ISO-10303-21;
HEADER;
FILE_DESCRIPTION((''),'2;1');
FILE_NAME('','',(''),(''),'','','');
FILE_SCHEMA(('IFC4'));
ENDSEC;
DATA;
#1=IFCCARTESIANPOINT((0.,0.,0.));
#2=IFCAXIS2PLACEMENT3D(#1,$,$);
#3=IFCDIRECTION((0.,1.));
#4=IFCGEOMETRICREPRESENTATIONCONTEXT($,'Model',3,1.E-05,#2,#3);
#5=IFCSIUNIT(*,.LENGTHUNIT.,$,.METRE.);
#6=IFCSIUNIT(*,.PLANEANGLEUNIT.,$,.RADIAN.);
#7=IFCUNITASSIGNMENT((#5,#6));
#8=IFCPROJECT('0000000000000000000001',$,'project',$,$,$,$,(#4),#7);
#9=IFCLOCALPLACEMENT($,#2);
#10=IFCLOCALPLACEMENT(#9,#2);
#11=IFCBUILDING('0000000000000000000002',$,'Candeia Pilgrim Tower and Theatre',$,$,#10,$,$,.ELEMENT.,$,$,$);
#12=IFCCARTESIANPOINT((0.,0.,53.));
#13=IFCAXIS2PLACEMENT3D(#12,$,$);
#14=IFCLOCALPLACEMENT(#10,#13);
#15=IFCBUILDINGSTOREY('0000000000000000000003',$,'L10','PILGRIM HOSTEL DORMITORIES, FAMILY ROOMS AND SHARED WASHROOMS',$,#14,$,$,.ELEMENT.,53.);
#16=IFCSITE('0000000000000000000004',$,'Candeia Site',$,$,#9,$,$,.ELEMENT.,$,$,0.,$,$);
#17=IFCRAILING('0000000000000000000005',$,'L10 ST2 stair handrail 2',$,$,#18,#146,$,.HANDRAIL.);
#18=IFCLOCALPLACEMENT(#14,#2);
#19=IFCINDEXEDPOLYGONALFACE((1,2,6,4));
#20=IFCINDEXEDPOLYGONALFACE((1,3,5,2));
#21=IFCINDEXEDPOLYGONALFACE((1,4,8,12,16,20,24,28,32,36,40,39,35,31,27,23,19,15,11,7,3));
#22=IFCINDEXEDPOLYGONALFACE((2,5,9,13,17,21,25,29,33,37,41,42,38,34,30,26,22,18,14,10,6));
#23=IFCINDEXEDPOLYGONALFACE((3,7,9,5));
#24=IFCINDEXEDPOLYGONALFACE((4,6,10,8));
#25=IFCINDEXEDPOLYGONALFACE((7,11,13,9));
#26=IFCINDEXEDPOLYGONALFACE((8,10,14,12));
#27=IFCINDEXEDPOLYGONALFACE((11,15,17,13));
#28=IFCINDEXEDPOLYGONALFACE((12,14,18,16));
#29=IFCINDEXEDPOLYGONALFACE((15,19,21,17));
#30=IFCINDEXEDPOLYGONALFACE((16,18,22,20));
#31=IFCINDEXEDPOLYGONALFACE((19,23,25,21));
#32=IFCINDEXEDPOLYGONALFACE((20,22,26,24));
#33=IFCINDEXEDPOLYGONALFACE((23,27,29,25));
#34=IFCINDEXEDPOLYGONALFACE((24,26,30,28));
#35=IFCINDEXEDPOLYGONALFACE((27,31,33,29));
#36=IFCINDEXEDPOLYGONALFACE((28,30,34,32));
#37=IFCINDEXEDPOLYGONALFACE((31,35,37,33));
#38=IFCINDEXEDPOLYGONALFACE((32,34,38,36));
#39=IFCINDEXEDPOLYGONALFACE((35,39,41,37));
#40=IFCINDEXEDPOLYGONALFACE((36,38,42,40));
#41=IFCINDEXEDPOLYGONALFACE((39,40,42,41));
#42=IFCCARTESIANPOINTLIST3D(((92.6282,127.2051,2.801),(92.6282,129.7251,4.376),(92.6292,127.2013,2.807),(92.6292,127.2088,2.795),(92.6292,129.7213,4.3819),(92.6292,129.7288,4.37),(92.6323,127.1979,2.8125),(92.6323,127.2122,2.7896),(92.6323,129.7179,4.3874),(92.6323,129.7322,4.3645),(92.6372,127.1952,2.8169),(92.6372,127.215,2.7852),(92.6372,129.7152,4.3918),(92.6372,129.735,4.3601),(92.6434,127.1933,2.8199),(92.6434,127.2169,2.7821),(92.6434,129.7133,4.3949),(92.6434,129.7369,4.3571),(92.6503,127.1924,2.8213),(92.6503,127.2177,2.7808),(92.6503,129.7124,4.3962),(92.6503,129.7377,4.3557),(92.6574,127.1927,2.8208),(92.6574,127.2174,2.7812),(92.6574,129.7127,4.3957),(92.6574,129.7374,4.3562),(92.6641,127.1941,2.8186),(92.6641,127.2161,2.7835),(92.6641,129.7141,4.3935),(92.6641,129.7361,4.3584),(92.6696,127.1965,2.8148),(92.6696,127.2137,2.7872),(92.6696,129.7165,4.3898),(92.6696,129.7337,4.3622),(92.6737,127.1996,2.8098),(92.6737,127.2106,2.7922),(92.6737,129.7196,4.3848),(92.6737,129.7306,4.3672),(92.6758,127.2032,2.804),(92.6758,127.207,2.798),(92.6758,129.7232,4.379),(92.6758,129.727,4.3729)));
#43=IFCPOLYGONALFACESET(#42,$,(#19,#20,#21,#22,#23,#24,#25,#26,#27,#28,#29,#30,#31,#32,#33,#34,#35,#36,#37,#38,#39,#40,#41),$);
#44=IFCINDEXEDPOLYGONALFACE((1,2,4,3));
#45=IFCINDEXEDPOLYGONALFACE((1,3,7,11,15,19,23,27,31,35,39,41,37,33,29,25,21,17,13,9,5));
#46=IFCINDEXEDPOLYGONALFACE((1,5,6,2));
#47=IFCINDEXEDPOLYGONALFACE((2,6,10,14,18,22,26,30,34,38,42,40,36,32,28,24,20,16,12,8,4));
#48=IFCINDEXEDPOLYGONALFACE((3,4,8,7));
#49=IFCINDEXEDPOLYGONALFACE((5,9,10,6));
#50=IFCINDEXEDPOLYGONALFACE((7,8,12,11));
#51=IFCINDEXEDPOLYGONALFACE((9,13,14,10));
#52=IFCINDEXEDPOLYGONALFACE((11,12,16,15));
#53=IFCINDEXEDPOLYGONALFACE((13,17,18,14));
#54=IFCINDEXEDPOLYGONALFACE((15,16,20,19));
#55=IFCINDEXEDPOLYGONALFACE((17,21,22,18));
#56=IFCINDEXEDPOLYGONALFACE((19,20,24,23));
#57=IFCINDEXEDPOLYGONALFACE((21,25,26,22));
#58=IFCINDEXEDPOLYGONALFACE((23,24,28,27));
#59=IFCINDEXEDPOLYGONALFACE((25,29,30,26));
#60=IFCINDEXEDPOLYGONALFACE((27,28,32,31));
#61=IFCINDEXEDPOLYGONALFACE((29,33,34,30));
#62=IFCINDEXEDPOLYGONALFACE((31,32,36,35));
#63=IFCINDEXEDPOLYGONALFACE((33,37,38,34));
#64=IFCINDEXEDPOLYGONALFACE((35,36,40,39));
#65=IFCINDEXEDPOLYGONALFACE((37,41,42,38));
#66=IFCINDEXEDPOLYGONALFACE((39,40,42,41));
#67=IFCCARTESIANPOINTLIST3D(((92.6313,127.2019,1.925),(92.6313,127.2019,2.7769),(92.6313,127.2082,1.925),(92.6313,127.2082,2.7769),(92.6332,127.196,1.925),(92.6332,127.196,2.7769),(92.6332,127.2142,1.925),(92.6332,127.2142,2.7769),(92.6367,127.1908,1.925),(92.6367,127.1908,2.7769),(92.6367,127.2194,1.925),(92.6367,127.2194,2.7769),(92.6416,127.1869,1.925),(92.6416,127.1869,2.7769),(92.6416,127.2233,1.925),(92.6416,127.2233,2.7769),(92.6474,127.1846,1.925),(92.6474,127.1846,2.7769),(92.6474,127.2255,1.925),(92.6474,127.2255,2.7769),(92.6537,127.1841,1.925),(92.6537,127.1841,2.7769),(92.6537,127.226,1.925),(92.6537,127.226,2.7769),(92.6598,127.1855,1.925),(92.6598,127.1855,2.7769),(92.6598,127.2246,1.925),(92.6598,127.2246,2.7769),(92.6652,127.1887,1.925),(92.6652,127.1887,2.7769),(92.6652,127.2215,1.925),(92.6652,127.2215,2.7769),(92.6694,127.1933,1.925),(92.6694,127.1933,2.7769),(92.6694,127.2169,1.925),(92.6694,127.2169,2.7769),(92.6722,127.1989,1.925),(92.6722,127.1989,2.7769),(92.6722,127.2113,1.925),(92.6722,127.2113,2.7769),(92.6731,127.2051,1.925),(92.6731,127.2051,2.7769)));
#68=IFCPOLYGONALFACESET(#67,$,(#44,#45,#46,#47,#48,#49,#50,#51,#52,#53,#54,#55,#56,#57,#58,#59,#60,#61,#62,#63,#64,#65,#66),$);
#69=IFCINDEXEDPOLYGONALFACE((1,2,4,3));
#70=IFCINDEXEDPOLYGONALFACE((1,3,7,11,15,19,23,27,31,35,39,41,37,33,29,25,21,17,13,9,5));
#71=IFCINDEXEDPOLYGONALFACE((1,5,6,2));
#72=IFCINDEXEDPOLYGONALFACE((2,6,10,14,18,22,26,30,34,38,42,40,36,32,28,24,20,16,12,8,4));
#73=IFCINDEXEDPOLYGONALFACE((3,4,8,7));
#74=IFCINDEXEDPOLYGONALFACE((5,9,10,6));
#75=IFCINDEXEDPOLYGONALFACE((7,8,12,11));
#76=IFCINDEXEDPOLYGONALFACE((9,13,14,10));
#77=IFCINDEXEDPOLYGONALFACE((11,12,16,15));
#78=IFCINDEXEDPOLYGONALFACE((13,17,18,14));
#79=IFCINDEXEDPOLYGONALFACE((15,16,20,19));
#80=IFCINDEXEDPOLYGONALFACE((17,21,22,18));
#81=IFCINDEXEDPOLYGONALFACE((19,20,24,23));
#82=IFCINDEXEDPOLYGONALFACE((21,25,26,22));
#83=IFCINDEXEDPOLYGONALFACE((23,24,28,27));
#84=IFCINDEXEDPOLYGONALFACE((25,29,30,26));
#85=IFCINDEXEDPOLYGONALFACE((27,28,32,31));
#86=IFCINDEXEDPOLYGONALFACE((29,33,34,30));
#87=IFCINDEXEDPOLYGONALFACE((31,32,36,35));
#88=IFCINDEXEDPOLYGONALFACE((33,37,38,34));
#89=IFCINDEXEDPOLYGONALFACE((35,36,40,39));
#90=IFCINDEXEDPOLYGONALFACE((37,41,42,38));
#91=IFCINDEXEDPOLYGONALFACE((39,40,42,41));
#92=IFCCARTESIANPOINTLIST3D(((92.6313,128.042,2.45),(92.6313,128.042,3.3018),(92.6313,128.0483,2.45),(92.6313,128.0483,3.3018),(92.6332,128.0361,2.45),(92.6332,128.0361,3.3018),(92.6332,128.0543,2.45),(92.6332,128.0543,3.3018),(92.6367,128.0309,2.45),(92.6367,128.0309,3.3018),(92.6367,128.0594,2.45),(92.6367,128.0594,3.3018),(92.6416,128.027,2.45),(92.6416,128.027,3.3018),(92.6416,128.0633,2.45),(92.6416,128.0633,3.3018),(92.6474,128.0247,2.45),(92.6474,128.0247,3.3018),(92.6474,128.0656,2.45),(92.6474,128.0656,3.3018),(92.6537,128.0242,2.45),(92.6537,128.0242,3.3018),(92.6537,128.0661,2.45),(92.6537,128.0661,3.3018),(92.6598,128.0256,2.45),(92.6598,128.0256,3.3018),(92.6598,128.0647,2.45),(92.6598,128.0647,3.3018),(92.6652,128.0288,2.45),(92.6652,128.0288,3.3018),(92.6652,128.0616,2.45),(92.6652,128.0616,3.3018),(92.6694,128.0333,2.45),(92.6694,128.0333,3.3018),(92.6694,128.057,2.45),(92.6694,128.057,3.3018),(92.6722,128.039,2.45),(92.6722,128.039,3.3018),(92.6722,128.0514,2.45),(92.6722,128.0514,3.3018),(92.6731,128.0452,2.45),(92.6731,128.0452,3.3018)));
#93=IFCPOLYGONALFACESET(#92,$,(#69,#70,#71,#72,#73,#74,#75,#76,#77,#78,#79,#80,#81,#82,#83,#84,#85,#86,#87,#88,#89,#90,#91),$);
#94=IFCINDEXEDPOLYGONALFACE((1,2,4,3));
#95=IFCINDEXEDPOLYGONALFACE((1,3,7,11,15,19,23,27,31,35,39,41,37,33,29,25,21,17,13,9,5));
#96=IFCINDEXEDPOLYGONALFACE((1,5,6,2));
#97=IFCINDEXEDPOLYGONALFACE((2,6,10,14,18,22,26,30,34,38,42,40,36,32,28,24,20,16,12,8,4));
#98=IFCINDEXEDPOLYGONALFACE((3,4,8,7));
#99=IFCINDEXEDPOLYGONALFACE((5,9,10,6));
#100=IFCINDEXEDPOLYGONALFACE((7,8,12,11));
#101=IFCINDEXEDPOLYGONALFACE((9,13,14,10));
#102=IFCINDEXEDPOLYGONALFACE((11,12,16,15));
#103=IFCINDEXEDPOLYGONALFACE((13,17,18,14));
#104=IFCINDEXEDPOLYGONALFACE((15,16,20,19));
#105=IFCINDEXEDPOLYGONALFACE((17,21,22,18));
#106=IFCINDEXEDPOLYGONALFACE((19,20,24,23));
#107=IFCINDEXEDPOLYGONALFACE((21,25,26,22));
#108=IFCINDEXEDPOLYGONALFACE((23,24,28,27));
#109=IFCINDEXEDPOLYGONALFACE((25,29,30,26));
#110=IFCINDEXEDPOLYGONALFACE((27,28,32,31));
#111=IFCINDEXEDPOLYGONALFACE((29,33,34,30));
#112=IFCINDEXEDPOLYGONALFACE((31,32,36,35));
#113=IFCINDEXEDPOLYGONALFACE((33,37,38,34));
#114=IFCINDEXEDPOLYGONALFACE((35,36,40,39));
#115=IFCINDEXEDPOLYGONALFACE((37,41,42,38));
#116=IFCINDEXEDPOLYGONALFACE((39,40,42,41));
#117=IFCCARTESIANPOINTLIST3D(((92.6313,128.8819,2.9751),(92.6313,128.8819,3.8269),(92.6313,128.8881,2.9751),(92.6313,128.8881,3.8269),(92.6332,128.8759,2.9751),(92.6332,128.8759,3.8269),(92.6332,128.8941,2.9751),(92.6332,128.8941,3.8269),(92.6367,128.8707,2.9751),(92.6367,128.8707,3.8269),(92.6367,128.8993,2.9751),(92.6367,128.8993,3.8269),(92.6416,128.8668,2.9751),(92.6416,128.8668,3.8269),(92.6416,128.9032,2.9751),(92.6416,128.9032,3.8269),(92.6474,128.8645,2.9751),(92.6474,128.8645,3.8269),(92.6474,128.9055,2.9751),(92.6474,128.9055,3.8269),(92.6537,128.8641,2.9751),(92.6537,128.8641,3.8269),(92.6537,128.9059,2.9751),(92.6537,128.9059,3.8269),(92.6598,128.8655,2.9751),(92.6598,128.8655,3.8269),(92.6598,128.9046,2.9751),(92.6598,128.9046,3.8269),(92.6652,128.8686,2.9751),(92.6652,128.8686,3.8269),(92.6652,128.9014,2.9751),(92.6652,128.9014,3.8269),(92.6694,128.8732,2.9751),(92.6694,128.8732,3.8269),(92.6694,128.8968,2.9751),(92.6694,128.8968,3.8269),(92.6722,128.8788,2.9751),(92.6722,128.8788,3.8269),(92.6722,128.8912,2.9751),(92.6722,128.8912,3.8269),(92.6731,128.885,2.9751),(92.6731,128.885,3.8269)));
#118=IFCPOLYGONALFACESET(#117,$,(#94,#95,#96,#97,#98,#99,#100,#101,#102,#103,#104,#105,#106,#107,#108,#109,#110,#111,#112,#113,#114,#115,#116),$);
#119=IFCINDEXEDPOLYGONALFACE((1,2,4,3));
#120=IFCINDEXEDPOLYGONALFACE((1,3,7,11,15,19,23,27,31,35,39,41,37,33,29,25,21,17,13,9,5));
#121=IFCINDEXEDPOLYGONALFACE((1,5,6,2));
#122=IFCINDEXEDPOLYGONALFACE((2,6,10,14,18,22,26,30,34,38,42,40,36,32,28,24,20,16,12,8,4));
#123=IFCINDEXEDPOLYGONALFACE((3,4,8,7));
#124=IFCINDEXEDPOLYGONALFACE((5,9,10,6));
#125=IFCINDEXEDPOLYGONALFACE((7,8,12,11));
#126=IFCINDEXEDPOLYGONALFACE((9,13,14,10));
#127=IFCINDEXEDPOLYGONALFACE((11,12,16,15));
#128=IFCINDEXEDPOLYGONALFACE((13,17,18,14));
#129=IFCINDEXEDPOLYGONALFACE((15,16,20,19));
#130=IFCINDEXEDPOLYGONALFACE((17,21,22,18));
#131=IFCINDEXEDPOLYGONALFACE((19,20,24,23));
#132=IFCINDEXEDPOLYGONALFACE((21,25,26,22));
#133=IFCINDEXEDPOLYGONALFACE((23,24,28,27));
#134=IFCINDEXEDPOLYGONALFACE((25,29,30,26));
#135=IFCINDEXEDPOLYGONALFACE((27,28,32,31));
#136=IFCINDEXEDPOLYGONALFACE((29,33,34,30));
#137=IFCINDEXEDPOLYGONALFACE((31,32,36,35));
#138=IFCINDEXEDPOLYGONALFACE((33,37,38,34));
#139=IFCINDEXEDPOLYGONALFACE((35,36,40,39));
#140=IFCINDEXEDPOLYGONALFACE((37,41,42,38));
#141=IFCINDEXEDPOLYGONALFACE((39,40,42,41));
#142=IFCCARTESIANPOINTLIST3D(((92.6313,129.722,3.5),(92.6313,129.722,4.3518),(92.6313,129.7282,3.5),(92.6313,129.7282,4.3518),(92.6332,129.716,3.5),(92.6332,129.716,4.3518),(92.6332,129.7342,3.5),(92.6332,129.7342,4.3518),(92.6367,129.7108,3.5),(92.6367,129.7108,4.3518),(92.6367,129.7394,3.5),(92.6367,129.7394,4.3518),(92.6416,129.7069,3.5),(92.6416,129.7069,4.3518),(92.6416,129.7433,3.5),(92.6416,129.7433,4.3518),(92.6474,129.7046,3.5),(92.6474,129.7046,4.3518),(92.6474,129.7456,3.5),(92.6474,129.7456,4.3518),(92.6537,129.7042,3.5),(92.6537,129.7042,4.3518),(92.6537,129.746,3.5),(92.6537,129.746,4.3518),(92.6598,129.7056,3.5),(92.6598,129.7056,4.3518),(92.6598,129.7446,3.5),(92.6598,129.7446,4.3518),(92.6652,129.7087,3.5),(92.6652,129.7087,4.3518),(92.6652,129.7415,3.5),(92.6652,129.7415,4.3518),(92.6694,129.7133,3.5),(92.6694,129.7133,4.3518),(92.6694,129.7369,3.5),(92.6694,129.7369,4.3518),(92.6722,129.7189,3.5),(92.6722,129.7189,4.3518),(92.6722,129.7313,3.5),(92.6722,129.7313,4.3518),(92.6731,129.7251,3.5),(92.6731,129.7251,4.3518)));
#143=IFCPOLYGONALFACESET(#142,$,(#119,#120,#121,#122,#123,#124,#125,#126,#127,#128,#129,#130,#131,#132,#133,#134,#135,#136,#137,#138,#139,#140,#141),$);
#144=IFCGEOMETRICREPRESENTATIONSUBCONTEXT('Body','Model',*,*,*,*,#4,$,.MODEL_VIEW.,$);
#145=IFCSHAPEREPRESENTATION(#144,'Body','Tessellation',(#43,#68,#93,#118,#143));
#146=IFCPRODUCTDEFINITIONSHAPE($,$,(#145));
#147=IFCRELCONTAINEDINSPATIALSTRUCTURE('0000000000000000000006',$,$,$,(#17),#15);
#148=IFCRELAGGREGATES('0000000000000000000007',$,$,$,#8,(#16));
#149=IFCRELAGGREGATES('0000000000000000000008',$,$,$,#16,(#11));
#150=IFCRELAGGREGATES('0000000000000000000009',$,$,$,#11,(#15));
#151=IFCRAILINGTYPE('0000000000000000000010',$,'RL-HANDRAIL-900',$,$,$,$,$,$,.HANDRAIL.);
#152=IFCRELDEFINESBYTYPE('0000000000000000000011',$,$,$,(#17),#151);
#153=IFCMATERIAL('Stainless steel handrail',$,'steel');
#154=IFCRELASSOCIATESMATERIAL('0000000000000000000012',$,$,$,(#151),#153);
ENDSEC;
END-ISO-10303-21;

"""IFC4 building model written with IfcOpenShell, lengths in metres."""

from ifc_helpers import new_model, si_unit, direction, frame, origin, origin_2d, place, context, subcontext, project, spatial, circle, extrude, material, type_object, element, save


model = new_model("IFC4")

# Units and contexts
model_context = context("Model", 3, precision=1e-05, world=origin(), true_north=direction((0.0, 1.0)))
body_context = subcontext(model_context, "Body", "Model", "MODEL_VIEW")
ifc_project = project(units=[si_unit("LENGTHUNIT", "METRE"), si_unit("PLANEANGLEUNIT", "RADIAN")], contexts=[model_context])

# Site, building, storey
site_placement = place(None, origin())
site = spatial("IfcSite", under=ifc_project, at=site_placement, Name="Candeia Site", CompositionType="ELEMENT", RefElevation=0.0)
building_placement = place(site_placement, origin())
building = spatial("IfcBuilding", under=site, at=building_placement, Name="Candeia Pilgrim Tower and Theatre", CompositionType="ELEMENT")
storey_placement = place(building_placement, frame((0.0, 0.0, 53.0)))
storey = spatial("IfcBuildingStorey", under=building, at=storey_placement, Name="L10", Description="PILGRIM HOSTEL DORMITORIES, FAMILY ROOMS AND SHARED WASHROOMS", CompositionType="ELEMENT", Elevation=53.0)

# Railing
ifc_material_1 = material(Name="Stainless steel handrail", Category="steel")
railing_type_1 = type_object("IfcRailingType", Name="RL-HANDRAIL-900", PredefinedType="HANDRAIL", material=ifc_material_1)
railing_1_placement = place(storey_placement, frame((92.6521, 127.2051, 1.925)))
element("IfcRailing", 1, at=railing_1_placement, inside=storey, type_object=railing_type_1, Name="L10 ST2 stair handrail 2", PredefinedType="HANDRAIL", context=body_context, shape_type="SweptSolid", body=[
    extrude(circle(Radius=0.0239, at=origin_2d()), frame((0.0, 0.0, 0.876), z_axis=(0.0, 0.848008, 0.529984), x_axis=(-1.0, 0.0, 0.0)), (0.0, 0.0, 1.0), 2.9717),
    extrude(circle(Radius=0.021, at=origin_2d()), origin(), (0.0, 0.0, 1.0), 0.8518),
    extrude(circle(Radius=0.021, at=origin_2d()), frame((0.0, 0.8401, 0.5249)), (0.0, 0.0, 1.0), 0.8518),
    extrude(circle(Radius=0.021, at=origin_2d()), frame((0.0, 1.6799, 1.05)), (0.0, 0.0, 1.0), 0.8518),
    extrude(circle(Radius=0.021, at=origin_2d()), frame((0.0, 2.52, 1.575)), (0.0, 0.0, 1.0), 0.8518),
])

save(model, "model.ifc")
